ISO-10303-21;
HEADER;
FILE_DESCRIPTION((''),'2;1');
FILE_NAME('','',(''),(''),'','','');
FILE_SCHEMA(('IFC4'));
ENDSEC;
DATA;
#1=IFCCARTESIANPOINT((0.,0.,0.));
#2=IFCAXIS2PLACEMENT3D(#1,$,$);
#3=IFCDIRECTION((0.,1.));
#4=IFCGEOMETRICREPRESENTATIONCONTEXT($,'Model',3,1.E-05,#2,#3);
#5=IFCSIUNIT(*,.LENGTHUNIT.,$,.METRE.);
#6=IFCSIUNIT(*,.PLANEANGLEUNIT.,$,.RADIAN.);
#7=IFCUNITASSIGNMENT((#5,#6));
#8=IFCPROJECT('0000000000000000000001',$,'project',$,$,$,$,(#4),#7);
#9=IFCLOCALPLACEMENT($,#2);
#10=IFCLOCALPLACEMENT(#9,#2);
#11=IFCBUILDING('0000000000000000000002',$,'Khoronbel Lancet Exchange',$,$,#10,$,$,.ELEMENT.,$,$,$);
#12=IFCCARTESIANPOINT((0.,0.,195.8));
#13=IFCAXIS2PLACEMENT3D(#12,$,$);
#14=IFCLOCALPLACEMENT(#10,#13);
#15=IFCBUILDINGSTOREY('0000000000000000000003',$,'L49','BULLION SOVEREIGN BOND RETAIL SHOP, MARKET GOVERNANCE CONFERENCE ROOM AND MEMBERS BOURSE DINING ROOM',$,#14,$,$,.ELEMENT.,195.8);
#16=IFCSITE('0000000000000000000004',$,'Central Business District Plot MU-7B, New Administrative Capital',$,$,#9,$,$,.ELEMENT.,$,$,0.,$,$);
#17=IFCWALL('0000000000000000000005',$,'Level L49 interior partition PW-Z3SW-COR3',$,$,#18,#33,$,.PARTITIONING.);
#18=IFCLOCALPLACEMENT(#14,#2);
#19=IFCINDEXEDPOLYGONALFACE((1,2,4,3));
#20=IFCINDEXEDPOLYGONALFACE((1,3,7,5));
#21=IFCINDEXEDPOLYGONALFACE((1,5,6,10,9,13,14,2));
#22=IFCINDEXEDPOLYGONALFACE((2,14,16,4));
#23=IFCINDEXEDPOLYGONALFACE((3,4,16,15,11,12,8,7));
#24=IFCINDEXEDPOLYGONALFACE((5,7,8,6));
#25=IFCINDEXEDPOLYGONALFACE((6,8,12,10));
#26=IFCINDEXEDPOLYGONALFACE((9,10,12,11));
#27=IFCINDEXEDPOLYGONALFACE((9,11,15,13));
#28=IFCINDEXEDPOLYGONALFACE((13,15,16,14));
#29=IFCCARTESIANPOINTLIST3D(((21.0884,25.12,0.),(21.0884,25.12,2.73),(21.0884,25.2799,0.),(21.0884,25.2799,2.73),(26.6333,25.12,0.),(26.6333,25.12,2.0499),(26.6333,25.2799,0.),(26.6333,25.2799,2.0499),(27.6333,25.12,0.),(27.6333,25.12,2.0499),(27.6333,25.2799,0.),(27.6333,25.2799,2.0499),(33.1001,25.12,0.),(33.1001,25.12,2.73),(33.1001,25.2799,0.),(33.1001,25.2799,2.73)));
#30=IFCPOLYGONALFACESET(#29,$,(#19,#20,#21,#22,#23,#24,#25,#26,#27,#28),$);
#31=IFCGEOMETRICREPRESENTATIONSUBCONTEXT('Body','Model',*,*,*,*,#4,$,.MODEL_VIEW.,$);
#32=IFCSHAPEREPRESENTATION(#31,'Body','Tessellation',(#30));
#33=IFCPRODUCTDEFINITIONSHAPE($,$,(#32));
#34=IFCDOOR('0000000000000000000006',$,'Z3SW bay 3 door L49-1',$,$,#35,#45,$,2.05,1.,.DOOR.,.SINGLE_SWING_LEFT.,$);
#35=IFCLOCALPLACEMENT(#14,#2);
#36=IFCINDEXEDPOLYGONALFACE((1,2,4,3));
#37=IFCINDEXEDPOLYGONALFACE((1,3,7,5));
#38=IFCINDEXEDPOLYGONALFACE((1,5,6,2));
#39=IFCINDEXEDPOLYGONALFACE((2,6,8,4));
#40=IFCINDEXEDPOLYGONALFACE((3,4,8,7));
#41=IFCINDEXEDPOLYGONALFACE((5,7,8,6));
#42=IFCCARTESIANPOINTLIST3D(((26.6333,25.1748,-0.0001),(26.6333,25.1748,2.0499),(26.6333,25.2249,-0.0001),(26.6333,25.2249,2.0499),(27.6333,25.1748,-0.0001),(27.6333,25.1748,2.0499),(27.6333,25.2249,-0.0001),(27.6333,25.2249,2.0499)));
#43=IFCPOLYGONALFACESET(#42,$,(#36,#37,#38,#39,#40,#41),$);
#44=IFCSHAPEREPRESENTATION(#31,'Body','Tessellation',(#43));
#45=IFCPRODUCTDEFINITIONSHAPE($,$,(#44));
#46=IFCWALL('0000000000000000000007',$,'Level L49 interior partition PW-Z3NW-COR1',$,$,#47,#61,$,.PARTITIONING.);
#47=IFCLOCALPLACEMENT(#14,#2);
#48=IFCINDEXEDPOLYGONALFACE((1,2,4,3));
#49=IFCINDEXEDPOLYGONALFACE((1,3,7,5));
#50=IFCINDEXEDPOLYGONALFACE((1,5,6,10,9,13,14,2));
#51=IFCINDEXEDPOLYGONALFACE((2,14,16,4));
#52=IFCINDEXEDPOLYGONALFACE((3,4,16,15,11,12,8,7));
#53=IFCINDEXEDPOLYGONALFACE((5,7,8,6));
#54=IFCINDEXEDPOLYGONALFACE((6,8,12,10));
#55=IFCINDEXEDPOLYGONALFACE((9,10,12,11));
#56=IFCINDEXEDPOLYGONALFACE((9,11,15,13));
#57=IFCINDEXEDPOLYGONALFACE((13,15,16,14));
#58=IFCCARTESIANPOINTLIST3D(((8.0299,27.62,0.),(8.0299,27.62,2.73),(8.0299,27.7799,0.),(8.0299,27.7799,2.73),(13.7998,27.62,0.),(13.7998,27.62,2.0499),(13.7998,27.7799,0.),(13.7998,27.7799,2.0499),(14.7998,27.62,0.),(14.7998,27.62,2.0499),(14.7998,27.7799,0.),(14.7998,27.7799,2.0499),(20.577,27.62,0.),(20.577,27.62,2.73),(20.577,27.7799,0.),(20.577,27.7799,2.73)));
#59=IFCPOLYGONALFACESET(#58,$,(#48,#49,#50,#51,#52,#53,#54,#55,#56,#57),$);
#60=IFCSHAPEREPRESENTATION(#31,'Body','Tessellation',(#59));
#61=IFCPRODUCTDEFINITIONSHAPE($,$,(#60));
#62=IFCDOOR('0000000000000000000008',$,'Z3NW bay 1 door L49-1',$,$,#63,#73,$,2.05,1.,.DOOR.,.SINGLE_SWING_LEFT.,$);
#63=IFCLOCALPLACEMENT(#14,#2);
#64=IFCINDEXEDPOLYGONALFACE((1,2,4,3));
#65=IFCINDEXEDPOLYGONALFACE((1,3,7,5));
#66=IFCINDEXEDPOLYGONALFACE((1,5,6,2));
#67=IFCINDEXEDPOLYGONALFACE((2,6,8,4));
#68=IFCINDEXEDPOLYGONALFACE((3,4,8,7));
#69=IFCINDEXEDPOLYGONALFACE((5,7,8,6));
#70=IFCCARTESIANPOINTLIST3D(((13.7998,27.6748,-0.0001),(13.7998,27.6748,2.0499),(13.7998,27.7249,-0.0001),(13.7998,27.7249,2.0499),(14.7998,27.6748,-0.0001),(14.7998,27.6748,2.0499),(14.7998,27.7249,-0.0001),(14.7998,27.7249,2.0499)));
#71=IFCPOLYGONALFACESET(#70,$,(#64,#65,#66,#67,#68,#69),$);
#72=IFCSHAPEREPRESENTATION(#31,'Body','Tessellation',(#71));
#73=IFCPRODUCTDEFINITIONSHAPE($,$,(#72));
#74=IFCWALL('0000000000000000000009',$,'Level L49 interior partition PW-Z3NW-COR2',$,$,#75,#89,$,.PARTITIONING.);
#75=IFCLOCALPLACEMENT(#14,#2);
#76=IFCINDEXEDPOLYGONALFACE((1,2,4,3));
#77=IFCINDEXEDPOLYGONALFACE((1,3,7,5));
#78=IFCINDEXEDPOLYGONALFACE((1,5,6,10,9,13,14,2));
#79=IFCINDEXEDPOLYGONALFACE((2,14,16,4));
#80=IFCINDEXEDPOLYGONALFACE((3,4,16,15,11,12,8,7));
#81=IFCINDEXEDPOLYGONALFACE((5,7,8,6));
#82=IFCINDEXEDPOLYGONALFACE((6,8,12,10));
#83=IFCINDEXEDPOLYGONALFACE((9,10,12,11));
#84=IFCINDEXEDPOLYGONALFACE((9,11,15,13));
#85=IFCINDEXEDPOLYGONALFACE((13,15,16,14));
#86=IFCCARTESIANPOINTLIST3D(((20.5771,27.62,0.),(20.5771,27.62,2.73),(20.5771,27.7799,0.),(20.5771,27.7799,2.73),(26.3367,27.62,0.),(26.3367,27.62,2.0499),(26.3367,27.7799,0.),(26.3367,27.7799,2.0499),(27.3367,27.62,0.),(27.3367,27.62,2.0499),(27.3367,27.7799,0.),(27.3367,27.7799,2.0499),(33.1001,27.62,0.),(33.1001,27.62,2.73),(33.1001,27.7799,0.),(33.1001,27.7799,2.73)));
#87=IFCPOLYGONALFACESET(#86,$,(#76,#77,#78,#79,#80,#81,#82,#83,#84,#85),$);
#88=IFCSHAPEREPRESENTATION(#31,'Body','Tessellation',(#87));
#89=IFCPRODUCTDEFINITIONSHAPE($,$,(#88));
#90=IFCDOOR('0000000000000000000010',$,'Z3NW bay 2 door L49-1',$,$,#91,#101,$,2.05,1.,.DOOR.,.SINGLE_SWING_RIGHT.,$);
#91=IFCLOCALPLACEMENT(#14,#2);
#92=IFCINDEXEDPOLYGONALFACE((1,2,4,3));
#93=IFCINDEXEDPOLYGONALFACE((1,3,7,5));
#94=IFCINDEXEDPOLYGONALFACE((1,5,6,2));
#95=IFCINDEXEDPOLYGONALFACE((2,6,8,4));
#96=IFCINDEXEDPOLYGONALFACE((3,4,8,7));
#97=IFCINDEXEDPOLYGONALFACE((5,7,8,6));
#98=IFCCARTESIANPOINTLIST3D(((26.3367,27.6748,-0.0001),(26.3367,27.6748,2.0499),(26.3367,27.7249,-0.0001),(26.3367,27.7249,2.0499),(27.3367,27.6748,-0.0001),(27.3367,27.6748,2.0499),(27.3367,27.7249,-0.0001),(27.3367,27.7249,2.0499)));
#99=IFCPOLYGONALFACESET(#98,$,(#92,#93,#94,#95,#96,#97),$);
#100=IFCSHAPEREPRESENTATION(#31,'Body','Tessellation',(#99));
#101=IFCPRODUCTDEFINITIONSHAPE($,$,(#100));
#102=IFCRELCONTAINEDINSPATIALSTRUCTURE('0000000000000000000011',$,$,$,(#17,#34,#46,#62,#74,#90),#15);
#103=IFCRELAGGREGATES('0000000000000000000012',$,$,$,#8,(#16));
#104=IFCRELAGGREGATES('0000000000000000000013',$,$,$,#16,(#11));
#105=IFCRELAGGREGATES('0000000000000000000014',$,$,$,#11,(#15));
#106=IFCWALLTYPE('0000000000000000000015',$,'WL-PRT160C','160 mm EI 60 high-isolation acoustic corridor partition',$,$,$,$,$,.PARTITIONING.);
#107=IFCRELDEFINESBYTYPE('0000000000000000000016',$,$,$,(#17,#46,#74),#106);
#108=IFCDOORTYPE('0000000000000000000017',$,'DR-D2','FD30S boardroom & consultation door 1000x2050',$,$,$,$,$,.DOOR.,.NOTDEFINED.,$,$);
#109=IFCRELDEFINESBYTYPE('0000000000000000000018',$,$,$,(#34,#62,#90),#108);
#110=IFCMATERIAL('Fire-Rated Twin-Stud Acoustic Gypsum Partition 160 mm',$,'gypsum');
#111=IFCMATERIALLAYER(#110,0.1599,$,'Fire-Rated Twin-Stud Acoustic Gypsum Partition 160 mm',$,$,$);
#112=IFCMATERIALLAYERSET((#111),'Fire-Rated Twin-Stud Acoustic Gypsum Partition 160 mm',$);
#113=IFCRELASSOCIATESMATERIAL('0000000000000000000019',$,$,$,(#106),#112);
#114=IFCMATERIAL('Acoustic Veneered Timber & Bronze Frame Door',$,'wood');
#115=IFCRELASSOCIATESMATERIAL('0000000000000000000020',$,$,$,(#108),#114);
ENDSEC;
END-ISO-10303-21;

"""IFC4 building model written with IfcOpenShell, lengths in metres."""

from ifc_helpers import new_model, si_unit, direction, frame, frame_2d, origin, place, context, subcontext, project, spatial, rectangle, extrude, material, layer, layer_set, type_object, element, fill, save


model = new_model("IFC4")

# Units and contexts
model_context = context("Model", 3, precision=1e-05, world=origin(), true_north=direction((0.0, 1.0)))
body_context = subcontext(model_context, "Body", "Model", "MODEL_VIEW")
ifc_project = project(units=[si_unit("LENGTHUNIT", "METRE"), si_unit("PLANEANGLEUNIT", "RADIAN")], contexts=[model_context])

# Site, building, storey
site_placement = place(None, origin())
site = spatial("IfcSite", under=ifc_project, at=site_placement, Name="Central Business District Plot MU-7B, New Administrative Capital", CompositionType="ELEMENT", RefElevation=0.0)
building_placement = place(site_placement, origin())
building = spatial("IfcBuilding", under=site, at=building_placement, Name="Khoronbel Lancet Exchange", CompositionType="ELEMENT")
storey_placement = place(building_placement, frame((0.0, 0.0, 195.8)))
storey = spatial("IfcBuildingStorey", under=building, at=storey_placement, Name="L49", Description="BULLION SOVEREIGN BOND RETAIL SHOP, MARKET GOVERNANCE CONFERENCE ROOM AND MEMBERS BOURSE DINING ROOM", CompositionType="ELEMENT", Elevation=195.8)

# Walls, openings, doors
ifc_material_1 = material(Name="Fire-Rated Twin-Stud Acoustic Gypsum Partition 160 mm", Category="gypsum")
ifc_layer_1 = layer(ifc_material_1, 0.1599, Name="Fire-Rated Twin-Stud Acoustic Gypsum Partition 160 mm")
ifc_layer_set_1 = layer_set([ifc_layer_1], Name="Fire-Rated Twin-Stud Acoustic Gypsum Partition 160 mm")
wall_type_1 = type_object("IfcWallType", Name="WL-PRT160C", Description="160 mm EI 60 high-isolation acoustic corridor partition", PredefinedType="PARTITIONING", material=ifc_layer_set_1)
ifc_material_2 = material(Name="Acoustic Veneered Timber & Bronze Frame Door", Category="wood")
door_type_1 = type_object("IfcDoorType", Name="DR-D2", Description="FD30S boardroom & consultation door 1000x2050", OperationType="NOTDEFINED", PredefinedType="DOOR", material=ifc_material_2)
wall_1_placement = place(storey_placement, frame((21.0884, 25.2, 0.0), z_axis=(0.0, 0.0, 1.0), x_axis=(1.0, 0.0, 0.0)))
wall_1 = element("IfcWall", 1, at=wall_1_placement, inside=storey, type_object=wall_type_1, Name="Level L49 interior partition PW-Z3SW-COR3", PredefinedType="PARTITIONING", context=body_context, shape_type="SweptSolid", body=[
    extrude(rectangle(XDim=12.0117, YDim=0.1599, at=frame_2d((6.0059, 0.0))), origin(), (0.0, 0.0, 1.0), 2.73),
])
opening_1_placement = place(wall_1_placement, frame((5.5449, 0.0, 0.0)))
opening_1 = element("IfcOpeningElement", 2, at=opening_1_placement, cuts=wall_1, PredefinedType="OPENING", context=body_context, shape_type="SweptSolid", body=[
    extrude(rectangle(XDim=1.0, YDim=2.05, at=frame_2d((0.5, 1.0249))), frame((0.0, 0.0898, 0.0), z_axis=(0.0, -1.0, 0.0), x_axis=(1.0, 0.0, 0.0)), (0.0, 0.0, 1.0), 0.1799),
])
door_1_placement = place(opening_1_placement, origin())
door_1 = element("IfcDoor", 3, at=door_1_placement, inside=storey, type_object=door_type_1, Name="Z3SW bay 3 door L49-1", OperationType="SINGLE_SWING_LEFT", OverallHeight=2.05, OverallWidth=1.0, PredefinedType="DOOR", context=body_context, shape_type="SweptSolid", body=[
    extrude(rectangle(XDim=1.0, YDim=2.05, at=frame_2d((0.5, 1.0249))), frame((0.0, 0.0249, 0.0), z_axis=(0.0, -1.0, 0.0), x_axis=(1.0, 0.0, 0.0)), (0.0, 0.0, 1.0), 0.05),
])
fill(opening_1, door_1)
wall_2_placement = place(storey_placement, frame((8.03, 27.7, 0.0), z_axis=(0.0, 0.0, 1.0), x_axis=(1.0, 0.0, 0.0)))
wall_2 = element("IfcWall", 4, at=wall_2_placement, inside=storey, type_object=wall_type_1, Name="Level L49 interior partition PW-Z3NW-COR1", PredefinedType="PARTITIONING", context=body_context, shape_type="SweptSolid", body=[
    extrude(rectangle(XDim=12.5471, YDim=0.1599, at=frame_2d((6.2734, 0.0))), origin(), (0.0, 0.0, 1.0), 2.73),
])
opening_2_placement = place(wall_2_placement, frame((5.7698, 0.0, 0.0)))
opening_2 = element("IfcOpeningElement", 5, at=opening_2_placement, cuts=wall_2, PredefinedType="OPENING", context=body_context, shape_type="SweptSolid", body=[
    extrude(rectangle(XDim=1.0, YDim=2.05, at=frame_2d((0.5, 1.0249))), frame((0.0, 0.0898, 0.0), z_axis=(0.0, -1.0, 0.0), x_axis=(1.0, 0.0, 0.0)), (0.0, 0.0, 1.0), 0.1799),
])
door_2_placement = place(opening_2_placement, origin())
door_2 = element("IfcDoor", 6, at=door_2_placement, inside=storey, type_object=door_type_1, Name="Z3NW bay 1 door L49-1", OperationType="SINGLE_SWING_LEFT", OverallHeight=2.05, OverallWidth=1.0, PredefinedType="DOOR", context=body_context, shape_type="SweptSolid", body=[
    extrude(rectangle(XDim=1.0, YDim=2.05, at=frame_2d((0.5, 1.0249))), frame((0.0, 0.0249, 0.0), z_axis=(0.0, -1.0, 0.0), x_axis=(1.0, 0.0, 0.0)), (0.0, 0.0, 1.0), 0.05),
])
fill(opening_2, door_2)
wall_3_placement = place(storey_placement, frame((20.5771, 27.7, 0.0), z_axis=(0.0, 0.0, 1.0), x_axis=(1.0, 0.0, 0.0)))
wall_3 = element("IfcWall", 7, at=wall_3_placement, inside=storey, type_object=wall_type_1, Name="Level L49 interior partition PW-Z3NW-COR2", PredefinedType="PARTITIONING", context=body_context, shape_type="SweptSolid", body=[
    extrude(rectangle(XDim=12.5229, YDim=0.1599, at=frame_2d((6.2615, 0.0))), origin(), (0.0, 0.0, 1.0), 2.73),
])
opening_3_placement = place(wall_3_placement, frame((5.7595, 0.0, 0.0)))
opening_3 = element("IfcOpeningElement", 8, at=opening_3_placement, cuts=wall_3, PredefinedType="OPENING", context=body_context, shape_type="SweptSolid", body=[
    extrude(rectangle(XDim=1.0, YDim=2.05, at=frame_2d((0.5, 1.0249))), frame((0.0, 0.0898, 0.0), z_axis=(0.0, -1.0, 0.0), x_axis=(1.0, 0.0, 0.0)), (0.0, 0.0, 1.0), 0.1799),
])
door_3_placement = place(opening_3_placement, origin())
door_3 = element("IfcDoor", 9, at=door_3_placement, inside=storey, type_object=door_type_1, Name="Z3NW bay 2 door L49-1", OperationType="SINGLE_SWING_RIGHT", OverallHeight=2.05, OverallWidth=1.0, PredefinedType="DOOR", context=body_context, shape_type="SweptSolid", body=[
    extrude(rectangle(XDim=1.0, YDim=2.05, at=frame_2d((0.5, 1.0249))), frame((0.0, 0.0249, 0.0), z_axis=(0.0, -1.0, 0.0), x_axis=(1.0, 0.0, 0.0)), (0.0, 0.0, 1.0), 0.05),
])
fill(opening_3, door_3)

save(model, "model.ifc")
